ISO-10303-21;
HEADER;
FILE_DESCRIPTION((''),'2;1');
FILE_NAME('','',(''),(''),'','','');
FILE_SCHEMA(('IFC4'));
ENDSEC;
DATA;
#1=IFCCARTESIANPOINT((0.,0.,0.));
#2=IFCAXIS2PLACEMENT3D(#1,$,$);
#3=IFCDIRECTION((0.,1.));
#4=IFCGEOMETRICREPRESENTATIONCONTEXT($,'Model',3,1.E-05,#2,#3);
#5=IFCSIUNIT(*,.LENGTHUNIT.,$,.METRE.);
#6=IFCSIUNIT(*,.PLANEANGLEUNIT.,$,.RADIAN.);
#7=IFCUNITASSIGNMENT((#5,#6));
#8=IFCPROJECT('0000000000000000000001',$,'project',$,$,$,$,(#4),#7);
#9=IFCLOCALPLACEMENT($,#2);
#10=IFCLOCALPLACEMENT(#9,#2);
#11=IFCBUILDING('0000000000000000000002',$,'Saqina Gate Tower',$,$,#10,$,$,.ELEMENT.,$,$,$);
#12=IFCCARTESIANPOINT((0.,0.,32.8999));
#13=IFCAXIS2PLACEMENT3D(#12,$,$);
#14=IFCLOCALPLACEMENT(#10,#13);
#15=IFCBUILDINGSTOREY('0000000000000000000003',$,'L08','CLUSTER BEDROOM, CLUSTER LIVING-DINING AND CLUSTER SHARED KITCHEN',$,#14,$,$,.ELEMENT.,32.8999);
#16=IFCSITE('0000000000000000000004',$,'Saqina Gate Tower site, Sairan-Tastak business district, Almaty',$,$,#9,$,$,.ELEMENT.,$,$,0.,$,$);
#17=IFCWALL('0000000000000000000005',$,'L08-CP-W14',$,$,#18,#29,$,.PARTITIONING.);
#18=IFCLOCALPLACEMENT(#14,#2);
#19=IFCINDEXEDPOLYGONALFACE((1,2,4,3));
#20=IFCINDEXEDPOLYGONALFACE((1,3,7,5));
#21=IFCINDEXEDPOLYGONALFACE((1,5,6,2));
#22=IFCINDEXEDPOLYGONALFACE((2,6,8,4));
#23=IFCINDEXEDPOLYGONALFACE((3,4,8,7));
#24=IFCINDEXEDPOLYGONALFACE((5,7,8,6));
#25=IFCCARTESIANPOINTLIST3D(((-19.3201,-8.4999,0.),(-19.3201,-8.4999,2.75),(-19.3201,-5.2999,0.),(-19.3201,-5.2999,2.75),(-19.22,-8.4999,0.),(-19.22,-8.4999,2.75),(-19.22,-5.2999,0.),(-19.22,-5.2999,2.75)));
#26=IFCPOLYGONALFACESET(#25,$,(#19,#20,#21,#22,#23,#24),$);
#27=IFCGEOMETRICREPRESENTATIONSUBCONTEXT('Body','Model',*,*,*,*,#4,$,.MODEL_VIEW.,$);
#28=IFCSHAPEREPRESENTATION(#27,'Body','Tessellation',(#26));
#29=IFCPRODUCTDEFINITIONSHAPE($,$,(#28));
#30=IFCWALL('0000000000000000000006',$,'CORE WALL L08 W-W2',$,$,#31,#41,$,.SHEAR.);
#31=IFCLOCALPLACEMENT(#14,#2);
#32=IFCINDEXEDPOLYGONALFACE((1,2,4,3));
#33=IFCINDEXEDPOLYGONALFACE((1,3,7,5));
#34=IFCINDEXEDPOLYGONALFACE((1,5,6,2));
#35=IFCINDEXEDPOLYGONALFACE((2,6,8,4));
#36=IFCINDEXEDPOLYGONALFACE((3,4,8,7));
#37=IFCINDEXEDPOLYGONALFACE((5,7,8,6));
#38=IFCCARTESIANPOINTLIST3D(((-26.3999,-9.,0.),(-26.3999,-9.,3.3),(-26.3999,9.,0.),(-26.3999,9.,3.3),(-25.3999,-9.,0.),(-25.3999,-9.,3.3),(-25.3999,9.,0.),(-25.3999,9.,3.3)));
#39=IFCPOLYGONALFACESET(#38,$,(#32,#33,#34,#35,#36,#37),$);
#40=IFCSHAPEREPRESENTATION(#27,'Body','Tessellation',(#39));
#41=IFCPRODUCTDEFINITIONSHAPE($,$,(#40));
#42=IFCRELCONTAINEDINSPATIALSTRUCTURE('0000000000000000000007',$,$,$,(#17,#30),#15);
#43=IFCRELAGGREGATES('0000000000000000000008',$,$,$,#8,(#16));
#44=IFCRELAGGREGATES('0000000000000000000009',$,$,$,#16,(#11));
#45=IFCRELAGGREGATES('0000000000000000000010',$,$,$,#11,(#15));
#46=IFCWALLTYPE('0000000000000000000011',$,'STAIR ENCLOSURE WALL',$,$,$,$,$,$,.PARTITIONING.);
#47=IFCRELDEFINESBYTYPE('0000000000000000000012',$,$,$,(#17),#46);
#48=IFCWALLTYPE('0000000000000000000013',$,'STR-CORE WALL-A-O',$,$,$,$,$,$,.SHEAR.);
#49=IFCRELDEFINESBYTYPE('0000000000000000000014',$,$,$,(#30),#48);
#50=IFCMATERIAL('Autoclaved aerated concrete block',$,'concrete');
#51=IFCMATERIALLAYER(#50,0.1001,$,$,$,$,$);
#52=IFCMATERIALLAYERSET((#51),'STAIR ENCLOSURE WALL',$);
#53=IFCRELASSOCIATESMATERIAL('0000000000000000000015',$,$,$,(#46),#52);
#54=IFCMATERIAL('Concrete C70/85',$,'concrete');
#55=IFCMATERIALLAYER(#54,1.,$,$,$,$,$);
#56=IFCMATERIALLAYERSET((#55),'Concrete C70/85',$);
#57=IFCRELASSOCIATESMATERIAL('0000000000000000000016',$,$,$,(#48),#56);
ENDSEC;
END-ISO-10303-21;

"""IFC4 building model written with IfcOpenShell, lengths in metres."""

from ifc_helpers import new_model, si_unit, direction, frame, frame_2d, origin, place, context, subcontext, project, spatial, rectangle, extrude, material, layer, layer_set, type_object, element, save


model = new_model("IFC4")

# Units and contexts
model_context = context("Model", 3, precision=1e-05, world=origin(), true_north=direction((0.0, 1.0)))
body_context = subcontext(model_context, "Body", "Model", "MODEL_VIEW")
ifc_project = project(units=[si_unit("LENGTHUNIT", "METRE"), si_unit("PLANEANGLEUNIT", "RADIAN")], contexts=[model_context])

# Site, building, storey
site_placement = place(None, origin())
site = spatial("IfcSite", under=ifc_project, at=site_placement, Name="Saqina Gate Tower site, Sairan-Tastak business district, Almaty", CompositionType="ELEMENT", RefElevation=0.0)
building_placement = place(site_placement, origin())
building = spatial("IfcBuilding", under=site, at=building_placement, Name="Saqina Gate Tower", CompositionType="ELEMENT")
storey_placement = place(building_placement, frame((0.0, 0.0, 32.8999)))
storey = spatial("IfcBuildingStorey", under=building, at=storey_placement, Name="L08", Description="CLUSTER BEDROOM, CLUSTER LIVING-DINING AND CLUSTER SHARED KITCHEN", CompositionType="ELEMENT", Elevation=32.8999)

# Walls
ifc_material_1 = material(Name="Autoclaved aerated concrete block", Category="concrete")
ifc_layer_1 = layer(ifc_material_1, 0.1001)
ifc_layer_set_1 = layer_set([ifc_layer_1], Name="STAIR ENCLOSURE WALL")
wall_type_1 = type_object("IfcWallType", Name="STAIR ENCLOSURE WALL", PredefinedType="PARTITIONING", material=ifc_layer_set_1)
wall_1_placement = place(storey_placement, frame((-19.27, -8.5, 0.0), z_axis=(0.0, 0.0, 1.0), x_axis=(0.0, 1.0, 0.0)))
element("IfcWall", 1, at=wall_1_placement, inside=storey, type_object=wall_type_1, Name="L08-CP-W14", PredefinedType="PARTITIONING", context=body_context, shape_type="SweptSolid", body=[
    extrude(rectangle(XDim=3.2, YDim=0.1001, at=frame_2d((1.6001, 0.0))), origin(), (0.0, 0.0, 1.0), 2.75),
])
ifc_material_2 = material(Name="Concrete C70/85", Category="concrete")
ifc_layer_2 = layer(ifc_material_2, 1.0)
ifc_layer_set_2 = layer_set([ifc_layer_2], Name="Concrete C70/85")
wall_type_2 = type_object("IfcWallType", Name="STR-CORE WALL-A-O", PredefinedType="SHEAR", material=ifc_layer_set_2)
wall_2_placement = place(storey_placement, frame((-25.8999, -9.0, 0.0), z_axis=(0.0, 0.0, 1.0), x_axis=(0.0, 1.0, 0.0)))
element("IfcWall", 2, at=wall_2_placement, inside=storey, type_object=wall_type_2, Name="CORE WALL L08 W-W2", PredefinedType="SHEAR", context=body_context, shape_type="SweptSolid", body=[
    extrude(rectangle(XDim=18.0, YDim=1.0, at=frame_2d((9.0, 0.0))), origin(), (0.0, 0.0, 1.0), 3.3),
])

save(model, "model.ifc")
